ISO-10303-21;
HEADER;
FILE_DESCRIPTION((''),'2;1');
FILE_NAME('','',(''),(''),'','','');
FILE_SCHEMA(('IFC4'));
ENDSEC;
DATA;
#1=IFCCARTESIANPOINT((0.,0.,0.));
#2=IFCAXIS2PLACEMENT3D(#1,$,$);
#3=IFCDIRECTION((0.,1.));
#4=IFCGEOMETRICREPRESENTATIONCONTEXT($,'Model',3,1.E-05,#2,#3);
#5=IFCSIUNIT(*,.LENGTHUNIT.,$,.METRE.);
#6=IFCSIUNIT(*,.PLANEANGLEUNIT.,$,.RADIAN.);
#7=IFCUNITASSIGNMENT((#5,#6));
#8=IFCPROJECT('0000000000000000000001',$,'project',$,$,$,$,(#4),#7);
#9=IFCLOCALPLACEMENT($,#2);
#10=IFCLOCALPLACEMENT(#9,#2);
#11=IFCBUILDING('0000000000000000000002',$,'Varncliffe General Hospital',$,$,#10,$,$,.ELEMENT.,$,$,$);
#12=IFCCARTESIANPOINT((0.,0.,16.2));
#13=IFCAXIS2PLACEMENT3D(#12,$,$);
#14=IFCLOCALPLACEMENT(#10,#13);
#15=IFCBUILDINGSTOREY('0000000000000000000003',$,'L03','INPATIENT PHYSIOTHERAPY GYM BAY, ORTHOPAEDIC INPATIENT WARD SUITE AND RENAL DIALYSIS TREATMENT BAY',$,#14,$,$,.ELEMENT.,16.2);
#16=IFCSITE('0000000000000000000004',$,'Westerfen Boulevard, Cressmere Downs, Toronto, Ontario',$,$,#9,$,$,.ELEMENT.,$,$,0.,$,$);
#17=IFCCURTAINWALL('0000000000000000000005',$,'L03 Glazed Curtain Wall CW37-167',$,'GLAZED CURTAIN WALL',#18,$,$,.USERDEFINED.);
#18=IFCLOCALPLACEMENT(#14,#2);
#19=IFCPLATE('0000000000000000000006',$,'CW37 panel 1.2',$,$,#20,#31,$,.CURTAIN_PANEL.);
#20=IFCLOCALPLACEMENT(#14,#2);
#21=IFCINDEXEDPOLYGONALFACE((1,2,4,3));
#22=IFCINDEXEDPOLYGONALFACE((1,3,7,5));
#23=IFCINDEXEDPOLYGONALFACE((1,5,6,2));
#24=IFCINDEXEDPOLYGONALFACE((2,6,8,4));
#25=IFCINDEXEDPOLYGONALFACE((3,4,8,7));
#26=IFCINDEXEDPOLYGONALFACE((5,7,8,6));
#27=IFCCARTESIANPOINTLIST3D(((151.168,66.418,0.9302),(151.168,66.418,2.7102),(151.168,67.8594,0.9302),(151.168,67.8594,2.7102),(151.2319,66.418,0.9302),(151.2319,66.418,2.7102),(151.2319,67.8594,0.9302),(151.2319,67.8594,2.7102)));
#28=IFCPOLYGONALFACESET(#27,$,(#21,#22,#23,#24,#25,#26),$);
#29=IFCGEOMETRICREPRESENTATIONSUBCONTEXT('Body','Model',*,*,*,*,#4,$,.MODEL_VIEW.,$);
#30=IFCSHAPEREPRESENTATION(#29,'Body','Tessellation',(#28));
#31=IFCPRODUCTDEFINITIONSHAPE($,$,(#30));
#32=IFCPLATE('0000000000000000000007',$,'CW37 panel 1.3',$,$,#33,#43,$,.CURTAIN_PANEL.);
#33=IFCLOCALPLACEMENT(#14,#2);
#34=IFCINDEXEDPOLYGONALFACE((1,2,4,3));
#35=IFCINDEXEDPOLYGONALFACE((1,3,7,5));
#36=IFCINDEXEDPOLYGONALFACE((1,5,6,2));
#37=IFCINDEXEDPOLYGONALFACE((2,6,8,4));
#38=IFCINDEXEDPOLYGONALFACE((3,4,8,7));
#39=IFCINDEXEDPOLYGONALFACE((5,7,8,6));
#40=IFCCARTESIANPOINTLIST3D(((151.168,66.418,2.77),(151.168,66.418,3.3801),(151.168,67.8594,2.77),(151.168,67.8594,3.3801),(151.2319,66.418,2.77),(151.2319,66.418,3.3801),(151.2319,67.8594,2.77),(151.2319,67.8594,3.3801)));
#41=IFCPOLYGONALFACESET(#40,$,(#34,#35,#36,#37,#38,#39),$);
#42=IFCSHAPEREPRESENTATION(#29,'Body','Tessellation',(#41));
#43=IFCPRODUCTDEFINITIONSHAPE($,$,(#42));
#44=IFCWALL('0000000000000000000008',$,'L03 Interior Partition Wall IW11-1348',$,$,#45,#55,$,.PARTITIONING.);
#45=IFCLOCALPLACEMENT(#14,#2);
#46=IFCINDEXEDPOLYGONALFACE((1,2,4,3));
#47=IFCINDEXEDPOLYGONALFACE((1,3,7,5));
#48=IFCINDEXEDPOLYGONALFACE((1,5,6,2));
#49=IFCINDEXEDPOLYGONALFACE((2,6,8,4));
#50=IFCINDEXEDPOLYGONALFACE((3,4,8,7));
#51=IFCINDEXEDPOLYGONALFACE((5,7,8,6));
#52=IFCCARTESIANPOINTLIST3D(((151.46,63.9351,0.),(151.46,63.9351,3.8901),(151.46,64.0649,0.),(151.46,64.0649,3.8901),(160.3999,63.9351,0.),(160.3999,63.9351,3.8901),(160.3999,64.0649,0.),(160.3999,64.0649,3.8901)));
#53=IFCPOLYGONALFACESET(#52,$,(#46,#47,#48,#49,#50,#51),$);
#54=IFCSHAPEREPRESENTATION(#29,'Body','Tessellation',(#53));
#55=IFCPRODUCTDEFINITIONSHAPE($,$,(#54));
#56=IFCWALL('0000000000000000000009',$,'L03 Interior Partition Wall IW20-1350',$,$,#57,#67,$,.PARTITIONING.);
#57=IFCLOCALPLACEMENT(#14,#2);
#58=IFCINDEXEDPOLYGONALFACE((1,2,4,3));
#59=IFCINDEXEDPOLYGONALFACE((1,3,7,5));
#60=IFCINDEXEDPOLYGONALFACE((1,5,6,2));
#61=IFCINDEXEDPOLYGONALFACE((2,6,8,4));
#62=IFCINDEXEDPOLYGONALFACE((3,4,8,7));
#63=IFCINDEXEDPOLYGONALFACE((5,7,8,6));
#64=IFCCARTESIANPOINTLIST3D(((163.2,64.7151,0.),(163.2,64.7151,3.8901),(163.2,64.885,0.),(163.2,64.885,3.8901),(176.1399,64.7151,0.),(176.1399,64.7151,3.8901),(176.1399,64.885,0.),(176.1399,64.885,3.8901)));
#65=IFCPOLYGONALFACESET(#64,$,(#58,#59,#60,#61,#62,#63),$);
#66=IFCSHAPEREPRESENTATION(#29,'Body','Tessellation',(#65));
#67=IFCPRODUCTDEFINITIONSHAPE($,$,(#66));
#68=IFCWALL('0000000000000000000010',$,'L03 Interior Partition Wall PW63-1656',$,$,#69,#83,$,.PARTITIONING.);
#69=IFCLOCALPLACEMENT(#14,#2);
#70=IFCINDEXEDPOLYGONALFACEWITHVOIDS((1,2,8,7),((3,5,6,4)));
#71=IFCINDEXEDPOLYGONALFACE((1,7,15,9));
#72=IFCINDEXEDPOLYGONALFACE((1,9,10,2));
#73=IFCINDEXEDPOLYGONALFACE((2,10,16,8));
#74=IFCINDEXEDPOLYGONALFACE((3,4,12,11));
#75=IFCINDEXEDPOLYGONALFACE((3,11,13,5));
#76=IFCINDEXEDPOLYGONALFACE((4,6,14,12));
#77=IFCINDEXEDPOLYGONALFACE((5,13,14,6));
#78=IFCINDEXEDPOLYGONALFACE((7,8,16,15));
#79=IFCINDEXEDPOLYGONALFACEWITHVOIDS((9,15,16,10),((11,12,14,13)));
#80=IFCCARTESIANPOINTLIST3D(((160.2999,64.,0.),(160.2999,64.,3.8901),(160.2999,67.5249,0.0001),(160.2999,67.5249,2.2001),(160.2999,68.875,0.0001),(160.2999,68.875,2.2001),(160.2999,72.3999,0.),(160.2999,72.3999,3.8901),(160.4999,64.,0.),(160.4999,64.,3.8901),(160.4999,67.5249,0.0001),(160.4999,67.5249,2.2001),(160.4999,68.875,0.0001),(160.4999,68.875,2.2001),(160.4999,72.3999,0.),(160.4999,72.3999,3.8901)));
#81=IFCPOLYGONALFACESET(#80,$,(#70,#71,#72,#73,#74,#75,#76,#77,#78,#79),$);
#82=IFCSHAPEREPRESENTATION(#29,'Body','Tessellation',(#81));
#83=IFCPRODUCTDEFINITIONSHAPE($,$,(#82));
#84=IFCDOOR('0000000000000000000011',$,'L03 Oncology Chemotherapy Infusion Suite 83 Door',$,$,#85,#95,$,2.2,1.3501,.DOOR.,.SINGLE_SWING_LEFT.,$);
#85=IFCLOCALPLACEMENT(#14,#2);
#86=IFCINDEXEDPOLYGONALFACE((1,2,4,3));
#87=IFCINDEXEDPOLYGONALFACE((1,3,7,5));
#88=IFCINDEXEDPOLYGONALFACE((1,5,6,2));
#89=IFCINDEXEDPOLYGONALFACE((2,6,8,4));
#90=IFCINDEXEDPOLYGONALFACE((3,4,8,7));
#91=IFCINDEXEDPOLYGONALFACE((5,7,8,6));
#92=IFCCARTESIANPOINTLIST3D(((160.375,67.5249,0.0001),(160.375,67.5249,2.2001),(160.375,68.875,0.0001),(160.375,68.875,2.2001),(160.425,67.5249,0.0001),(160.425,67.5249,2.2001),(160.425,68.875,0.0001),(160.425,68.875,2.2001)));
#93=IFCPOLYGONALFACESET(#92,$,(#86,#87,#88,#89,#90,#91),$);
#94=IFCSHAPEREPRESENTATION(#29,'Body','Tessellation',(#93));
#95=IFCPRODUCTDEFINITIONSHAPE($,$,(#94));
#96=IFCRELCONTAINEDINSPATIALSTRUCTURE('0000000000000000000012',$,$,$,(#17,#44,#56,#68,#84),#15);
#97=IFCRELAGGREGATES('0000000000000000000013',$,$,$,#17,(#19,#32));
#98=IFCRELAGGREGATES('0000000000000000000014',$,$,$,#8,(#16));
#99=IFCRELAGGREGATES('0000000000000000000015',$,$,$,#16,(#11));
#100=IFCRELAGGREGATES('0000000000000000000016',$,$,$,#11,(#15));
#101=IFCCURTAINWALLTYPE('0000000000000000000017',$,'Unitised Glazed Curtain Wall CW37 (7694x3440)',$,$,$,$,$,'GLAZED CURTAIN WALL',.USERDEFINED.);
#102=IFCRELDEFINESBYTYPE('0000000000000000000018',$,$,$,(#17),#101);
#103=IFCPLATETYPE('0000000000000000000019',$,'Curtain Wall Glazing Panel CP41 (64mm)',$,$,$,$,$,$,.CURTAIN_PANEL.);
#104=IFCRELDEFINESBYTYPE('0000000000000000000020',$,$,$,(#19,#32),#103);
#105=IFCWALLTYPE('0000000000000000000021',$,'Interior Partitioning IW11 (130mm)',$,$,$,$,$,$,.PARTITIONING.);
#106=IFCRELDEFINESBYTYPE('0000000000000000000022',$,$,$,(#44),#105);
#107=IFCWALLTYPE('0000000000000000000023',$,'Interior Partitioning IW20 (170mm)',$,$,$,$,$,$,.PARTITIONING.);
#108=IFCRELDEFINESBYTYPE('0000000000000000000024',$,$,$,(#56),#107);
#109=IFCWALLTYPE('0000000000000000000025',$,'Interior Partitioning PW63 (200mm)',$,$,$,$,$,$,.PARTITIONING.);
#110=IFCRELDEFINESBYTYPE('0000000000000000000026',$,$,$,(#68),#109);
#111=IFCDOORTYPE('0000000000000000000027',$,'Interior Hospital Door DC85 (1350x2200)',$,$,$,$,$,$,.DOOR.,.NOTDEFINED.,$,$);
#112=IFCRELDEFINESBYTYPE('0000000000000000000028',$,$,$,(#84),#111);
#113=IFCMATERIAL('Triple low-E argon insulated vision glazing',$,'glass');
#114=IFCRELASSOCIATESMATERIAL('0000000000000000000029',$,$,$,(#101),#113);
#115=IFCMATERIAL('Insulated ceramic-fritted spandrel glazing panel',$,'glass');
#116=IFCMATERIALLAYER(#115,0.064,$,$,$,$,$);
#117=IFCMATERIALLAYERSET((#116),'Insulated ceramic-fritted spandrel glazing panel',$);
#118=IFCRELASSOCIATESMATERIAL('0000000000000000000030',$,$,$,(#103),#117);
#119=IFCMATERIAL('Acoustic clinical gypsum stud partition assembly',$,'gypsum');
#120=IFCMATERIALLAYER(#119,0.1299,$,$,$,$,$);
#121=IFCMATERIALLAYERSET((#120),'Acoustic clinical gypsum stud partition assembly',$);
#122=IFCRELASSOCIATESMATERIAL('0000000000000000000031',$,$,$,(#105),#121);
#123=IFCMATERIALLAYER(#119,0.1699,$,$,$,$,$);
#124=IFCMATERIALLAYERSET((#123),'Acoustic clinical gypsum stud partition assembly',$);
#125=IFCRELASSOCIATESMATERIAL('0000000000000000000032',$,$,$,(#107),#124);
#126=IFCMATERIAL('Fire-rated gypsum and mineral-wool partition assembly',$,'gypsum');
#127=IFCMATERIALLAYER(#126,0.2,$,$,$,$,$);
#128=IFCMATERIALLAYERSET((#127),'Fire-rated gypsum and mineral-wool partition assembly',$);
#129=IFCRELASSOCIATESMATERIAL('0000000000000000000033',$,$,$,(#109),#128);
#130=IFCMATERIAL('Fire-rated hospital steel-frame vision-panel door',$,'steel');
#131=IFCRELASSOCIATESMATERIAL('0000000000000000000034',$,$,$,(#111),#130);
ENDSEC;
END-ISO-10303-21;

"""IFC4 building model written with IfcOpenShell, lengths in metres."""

from ifc_helpers import new_model, si_unit, direction, frame, frame_2d, origin, origin_2d, place, context, subcontext, project, spatial, rectangle, extrude, material, layer, layer_set, type_object, element, fill, aggregate, save


model = new_model("IFC4")

# Units and contexts
model_context = context("Model", 3, precision=1e-05, world=origin(), true_north=direction((0.0, 1.0)))
body_context = subcontext(model_context, "Body", "Model", "MODEL_VIEW")
ifc_project = project(units=[si_unit("LENGTHUNIT", "METRE"), si_unit("PLANEANGLEUNIT", "RADIAN")], contexts=[model_context])

# Site, building, storey
site_placement = place(None, origin())
site = spatial("IfcSite", under=ifc_project, at=site_placement, Name="Westerfen Boulevard, Cressmere Downs, Toronto, Ontario", CompositionType="ELEMENT", RefElevation=0.0)
building_placement = place(site_placement, origin())
building = spatial("IfcBuilding", under=site, at=building_placement, Name="Varncliffe General Hospital", CompositionType="ELEMENT")
storey_placement = place(building_placement, frame((0.0, 0.0, 16.2)))
storey = spatial("IfcBuildingStorey", under=building, at=storey_placement, Name="L03", Description="INPATIENT PHYSIOTHERAPY GYM BAY, ORTHOPAEDIC INPATIENT WARD SUITE AND RENAL DIALYSIS TREATMENT BAY", CompositionType="ELEMENT", Elevation=16.2)

# Curtain wall, plates
ifc_material_1 = material(Name="Triple low-E argon insulated vision glazing", Category="glass")
curtain_wall_type = type_object("IfcCurtainWallType", Name="Unitised Glazed Curtain Wall CW37 (7694x3440)", ElementType="GLAZED CURTAIN WALL", PredefinedType="USERDEFINED", material=ifc_material_1)
curtain_wall_placement = place(storey_placement, origin())
curtain_wall = element("IfcCurtainWall", 1, at=curtain_wall_placement, inside=storey, type_object=curtain_wall_type, Name="L03 Glazed Curtain Wall CW37-167", ObjectType="GLAZED CURTAIN WALL", PredefinedType="USERDEFINED")
ifc_material_2 = material(Name="Insulated ceramic-fritted spandrel glazing panel", Category="glass")
ifc_layer_1 = layer(ifc_material_2, 0.064)
ifc_layer_set_1 = layer_set([ifc_layer_1], Name="Insulated ceramic-fritted spandrel glazing panel")
plate_type = type_object("IfcPlateType", Name="Curtain Wall Glazing Panel CP41 (64mm)", PredefinedType="CURTAIN_PANEL", material=ifc_layer_set_1)
plate_1_placement = place(storey_placement, frame((151.2, 67.1387, 0.9302), z_axis=(0.0, 0.0, 1.0), x_axis=(0.0, 1.0, 0.0)))
plate_1 = element("IfcPlate", 2, at=plate_1_placement, type_object=plate_type, Name="CW37 panel 1.2", PredefinedType="CURTAIN_PANEL", context=body_context, shape_type="SweptSolid", body=[
    extrude(rectangle(XDim=1.4414, YDim=0.064, at=origin_2d()), origin(), (0.0, 0.0, 1.0), 1.78),
])
plate_2_placement = place(storey_placement, frame((151.2, 67.1387, 2.77), z_axis=(0.0, 0.0, 1.0), x_axis=(0.0, 1.0, 0.0)))
plate_2 = element("IfcPlate", 3, at=plate_2_placement, type_object=plate_type, Name="CW37 panel 1.3", PredefinedType="CURTAIN_PANEL", context=body_context, shape_type="SweptSolid", body=[
    extrude(rectangle(XDim=1.4414, YDim=0.064, at=origin_2d()), origin(), (0.0, 0.0, 1.0), 0.6101),
])
aggregate(curtain_wall, [plate_1, plate_2])

# Walls
ifc_material_3 = material(Name="Acoustic clinical gypsum stud partition assembly", Category="gypsum")
ifc_layer_2 = layer(ifc_material_3, 0.1299)
ifc_layer_set_2 = layer_set([ifc_layer_2], Name="Acoustic clinical gypsum stud partition assembly")
wall_type_1 = type_object("IfcWallType", Name="Interior Partitioning IW11 (130mm)", PredefinedType="PARTITIONING", material=ifc_layer_set_2)
wall_1_placement = place(storey_placement, frame((151.46, 64.0, 0.0), z_axis=(0.0, 0.0, 1.0), x_axis=(1.0, 0.0, 0.0)))
element("IfcWall", 4, at=wall_1_placement, inside=storey, type_object=wall_type_1, Name="L03 Interior Partition Wall IW11-1348", PredefinedType="PARTITIONING", context=body_context, shape_type="SweptSolid", body=[
    extrude(rectangle(XDim=8.9399, YDim=0.1299, at=frame_2d((4.47, 0.0))), origin(), (0.0, 0.0, 1.0), 3.8901),
])
ifc_layer_3 = layer(ifc_material_3, 0.1699)
ifc_layer_set_3 = layer_set([ifc_layer_3], Name="Acoustic clinical gypsum stud partition assembly")
wall_type_2 = type_object("IfcWallType", Name="Interior Partitioning IW20 (170mm)", PredefinedType="PARTITIONING", material=ifc_layer_set_3)
wall_2_placement = place(storey_placement, frame((163.2, 64.8, 0.0), z_axis=(0.0, 0.0, 1.0), x_axis=(1.0, 0.0, 0.0)))
element("IfcWall", 5, at=wall_2_placement, inside=storey, type_object=wall_type_2, Name="L03 Interior Partition Wall IW20-1350", PredefinedType="PARTITIONING", context=body_context, shape_type="SweptSolid", body=[
    extrude(rectangle(XDim=12.9399, YDim=0.1699, at=frame_2d((6.47, 0.0))), origin(), (0.0, 0.0, 1.0), 3.8901),
])

# Wall, opening, door
ifc_material_4 = material(Name="Fire-rated gypsum and mineral-wool partition assembly", Category="gypsum")
ifc_layer_4 = layer(ifc_material_4, 0.2)
ifc_layer_set_4 = layer_set([ifc_layer_4], Name="Fire-rated gypsum and mineral-wool partition assembly")
wall_type_3 = type_object("IfcWallType", Name="Interior Partitioning PW63 (200mm)", PredefinedType="PARTITIONING", material=ifc_layer_set_4)
wall_3_placement = place(storey_placement, frame((160.3999, 64.0, 0.0), z_axis=(0.0, 0.0, 1.0), x_axis=(0.0, 1.0, 0.0)))
wall_3 = element("IfcWall", 6, at=wall_3_placement, inside=storey, type_object=wall_type_3, Name="L03 Interior Partition Wall PW63-1656", PredefinedType="PARTITIONING", context=body_context, shape_type="SweptSolid", body=[
    extrude(rectangle(XDim=8.3999, YDim=0.2, at=frame_2d((4.2, 0.0))), origin(), (0.0, 0.0, 1.0), 3.8901),
])
opening_placement = place(wall_3_placement, frame((3.5249, 0.0, 0.0)))
opening = element("IfcOpeningElement", 7, at=opening_placement, cuts=wall_3, PredefinedType="OPENING", context=body_context, shape_type="SweptSolid", body=[
    extrude(rectangle(XDim=1.3501, YDim=2.2, at=frame_2d((0.675, 1.1001))), frame((0.0, 0.1099, 0.0), z_axis=(0.0, -1.0, 0.0), x_axis=(1.0, 0.0, 0.0)), (0.0, 0.0, 1.0), 0.22),
])
ifc_material_5 = material(Name="Fire-rated hospital steel-frame vision-panel door", Category="steel")
door_type = type_object("IfcDoorType", Name="Interior Hospital Door DC85 (1350x2200)", OperationType="NOTDEFINED", PredefinedType="DOOR", material=ifc_material_5)
door_placement = place(opening_placement, origin())
door = element("IfcDoor", 8, at=door_placement, inside=storey, type_object=door_type, Name="L03 Oncology Chemotherapy Infusion Suite 83 Door", OperationType="SINGLE_SWING_LEFT", OverallHeight=2.2, OverallWidth=1.3501, PredefinedType="DOOR", context=body_context, shape_type="SweptSolid", body=[
    extrude(rectangle(XDim=1.3501, YDim=2.2, at=frame_2d((0.675, 1.1001))), frame((0.0, 0.0249, 0.0), z_axis=(0.0, -1.0, 0.0), x_axis=(1.0, 0.0, 0.0)), (0.0, 0.0, 1.0), 0.05),
])
fill(opening, door)

save(model, "model.ifc")
